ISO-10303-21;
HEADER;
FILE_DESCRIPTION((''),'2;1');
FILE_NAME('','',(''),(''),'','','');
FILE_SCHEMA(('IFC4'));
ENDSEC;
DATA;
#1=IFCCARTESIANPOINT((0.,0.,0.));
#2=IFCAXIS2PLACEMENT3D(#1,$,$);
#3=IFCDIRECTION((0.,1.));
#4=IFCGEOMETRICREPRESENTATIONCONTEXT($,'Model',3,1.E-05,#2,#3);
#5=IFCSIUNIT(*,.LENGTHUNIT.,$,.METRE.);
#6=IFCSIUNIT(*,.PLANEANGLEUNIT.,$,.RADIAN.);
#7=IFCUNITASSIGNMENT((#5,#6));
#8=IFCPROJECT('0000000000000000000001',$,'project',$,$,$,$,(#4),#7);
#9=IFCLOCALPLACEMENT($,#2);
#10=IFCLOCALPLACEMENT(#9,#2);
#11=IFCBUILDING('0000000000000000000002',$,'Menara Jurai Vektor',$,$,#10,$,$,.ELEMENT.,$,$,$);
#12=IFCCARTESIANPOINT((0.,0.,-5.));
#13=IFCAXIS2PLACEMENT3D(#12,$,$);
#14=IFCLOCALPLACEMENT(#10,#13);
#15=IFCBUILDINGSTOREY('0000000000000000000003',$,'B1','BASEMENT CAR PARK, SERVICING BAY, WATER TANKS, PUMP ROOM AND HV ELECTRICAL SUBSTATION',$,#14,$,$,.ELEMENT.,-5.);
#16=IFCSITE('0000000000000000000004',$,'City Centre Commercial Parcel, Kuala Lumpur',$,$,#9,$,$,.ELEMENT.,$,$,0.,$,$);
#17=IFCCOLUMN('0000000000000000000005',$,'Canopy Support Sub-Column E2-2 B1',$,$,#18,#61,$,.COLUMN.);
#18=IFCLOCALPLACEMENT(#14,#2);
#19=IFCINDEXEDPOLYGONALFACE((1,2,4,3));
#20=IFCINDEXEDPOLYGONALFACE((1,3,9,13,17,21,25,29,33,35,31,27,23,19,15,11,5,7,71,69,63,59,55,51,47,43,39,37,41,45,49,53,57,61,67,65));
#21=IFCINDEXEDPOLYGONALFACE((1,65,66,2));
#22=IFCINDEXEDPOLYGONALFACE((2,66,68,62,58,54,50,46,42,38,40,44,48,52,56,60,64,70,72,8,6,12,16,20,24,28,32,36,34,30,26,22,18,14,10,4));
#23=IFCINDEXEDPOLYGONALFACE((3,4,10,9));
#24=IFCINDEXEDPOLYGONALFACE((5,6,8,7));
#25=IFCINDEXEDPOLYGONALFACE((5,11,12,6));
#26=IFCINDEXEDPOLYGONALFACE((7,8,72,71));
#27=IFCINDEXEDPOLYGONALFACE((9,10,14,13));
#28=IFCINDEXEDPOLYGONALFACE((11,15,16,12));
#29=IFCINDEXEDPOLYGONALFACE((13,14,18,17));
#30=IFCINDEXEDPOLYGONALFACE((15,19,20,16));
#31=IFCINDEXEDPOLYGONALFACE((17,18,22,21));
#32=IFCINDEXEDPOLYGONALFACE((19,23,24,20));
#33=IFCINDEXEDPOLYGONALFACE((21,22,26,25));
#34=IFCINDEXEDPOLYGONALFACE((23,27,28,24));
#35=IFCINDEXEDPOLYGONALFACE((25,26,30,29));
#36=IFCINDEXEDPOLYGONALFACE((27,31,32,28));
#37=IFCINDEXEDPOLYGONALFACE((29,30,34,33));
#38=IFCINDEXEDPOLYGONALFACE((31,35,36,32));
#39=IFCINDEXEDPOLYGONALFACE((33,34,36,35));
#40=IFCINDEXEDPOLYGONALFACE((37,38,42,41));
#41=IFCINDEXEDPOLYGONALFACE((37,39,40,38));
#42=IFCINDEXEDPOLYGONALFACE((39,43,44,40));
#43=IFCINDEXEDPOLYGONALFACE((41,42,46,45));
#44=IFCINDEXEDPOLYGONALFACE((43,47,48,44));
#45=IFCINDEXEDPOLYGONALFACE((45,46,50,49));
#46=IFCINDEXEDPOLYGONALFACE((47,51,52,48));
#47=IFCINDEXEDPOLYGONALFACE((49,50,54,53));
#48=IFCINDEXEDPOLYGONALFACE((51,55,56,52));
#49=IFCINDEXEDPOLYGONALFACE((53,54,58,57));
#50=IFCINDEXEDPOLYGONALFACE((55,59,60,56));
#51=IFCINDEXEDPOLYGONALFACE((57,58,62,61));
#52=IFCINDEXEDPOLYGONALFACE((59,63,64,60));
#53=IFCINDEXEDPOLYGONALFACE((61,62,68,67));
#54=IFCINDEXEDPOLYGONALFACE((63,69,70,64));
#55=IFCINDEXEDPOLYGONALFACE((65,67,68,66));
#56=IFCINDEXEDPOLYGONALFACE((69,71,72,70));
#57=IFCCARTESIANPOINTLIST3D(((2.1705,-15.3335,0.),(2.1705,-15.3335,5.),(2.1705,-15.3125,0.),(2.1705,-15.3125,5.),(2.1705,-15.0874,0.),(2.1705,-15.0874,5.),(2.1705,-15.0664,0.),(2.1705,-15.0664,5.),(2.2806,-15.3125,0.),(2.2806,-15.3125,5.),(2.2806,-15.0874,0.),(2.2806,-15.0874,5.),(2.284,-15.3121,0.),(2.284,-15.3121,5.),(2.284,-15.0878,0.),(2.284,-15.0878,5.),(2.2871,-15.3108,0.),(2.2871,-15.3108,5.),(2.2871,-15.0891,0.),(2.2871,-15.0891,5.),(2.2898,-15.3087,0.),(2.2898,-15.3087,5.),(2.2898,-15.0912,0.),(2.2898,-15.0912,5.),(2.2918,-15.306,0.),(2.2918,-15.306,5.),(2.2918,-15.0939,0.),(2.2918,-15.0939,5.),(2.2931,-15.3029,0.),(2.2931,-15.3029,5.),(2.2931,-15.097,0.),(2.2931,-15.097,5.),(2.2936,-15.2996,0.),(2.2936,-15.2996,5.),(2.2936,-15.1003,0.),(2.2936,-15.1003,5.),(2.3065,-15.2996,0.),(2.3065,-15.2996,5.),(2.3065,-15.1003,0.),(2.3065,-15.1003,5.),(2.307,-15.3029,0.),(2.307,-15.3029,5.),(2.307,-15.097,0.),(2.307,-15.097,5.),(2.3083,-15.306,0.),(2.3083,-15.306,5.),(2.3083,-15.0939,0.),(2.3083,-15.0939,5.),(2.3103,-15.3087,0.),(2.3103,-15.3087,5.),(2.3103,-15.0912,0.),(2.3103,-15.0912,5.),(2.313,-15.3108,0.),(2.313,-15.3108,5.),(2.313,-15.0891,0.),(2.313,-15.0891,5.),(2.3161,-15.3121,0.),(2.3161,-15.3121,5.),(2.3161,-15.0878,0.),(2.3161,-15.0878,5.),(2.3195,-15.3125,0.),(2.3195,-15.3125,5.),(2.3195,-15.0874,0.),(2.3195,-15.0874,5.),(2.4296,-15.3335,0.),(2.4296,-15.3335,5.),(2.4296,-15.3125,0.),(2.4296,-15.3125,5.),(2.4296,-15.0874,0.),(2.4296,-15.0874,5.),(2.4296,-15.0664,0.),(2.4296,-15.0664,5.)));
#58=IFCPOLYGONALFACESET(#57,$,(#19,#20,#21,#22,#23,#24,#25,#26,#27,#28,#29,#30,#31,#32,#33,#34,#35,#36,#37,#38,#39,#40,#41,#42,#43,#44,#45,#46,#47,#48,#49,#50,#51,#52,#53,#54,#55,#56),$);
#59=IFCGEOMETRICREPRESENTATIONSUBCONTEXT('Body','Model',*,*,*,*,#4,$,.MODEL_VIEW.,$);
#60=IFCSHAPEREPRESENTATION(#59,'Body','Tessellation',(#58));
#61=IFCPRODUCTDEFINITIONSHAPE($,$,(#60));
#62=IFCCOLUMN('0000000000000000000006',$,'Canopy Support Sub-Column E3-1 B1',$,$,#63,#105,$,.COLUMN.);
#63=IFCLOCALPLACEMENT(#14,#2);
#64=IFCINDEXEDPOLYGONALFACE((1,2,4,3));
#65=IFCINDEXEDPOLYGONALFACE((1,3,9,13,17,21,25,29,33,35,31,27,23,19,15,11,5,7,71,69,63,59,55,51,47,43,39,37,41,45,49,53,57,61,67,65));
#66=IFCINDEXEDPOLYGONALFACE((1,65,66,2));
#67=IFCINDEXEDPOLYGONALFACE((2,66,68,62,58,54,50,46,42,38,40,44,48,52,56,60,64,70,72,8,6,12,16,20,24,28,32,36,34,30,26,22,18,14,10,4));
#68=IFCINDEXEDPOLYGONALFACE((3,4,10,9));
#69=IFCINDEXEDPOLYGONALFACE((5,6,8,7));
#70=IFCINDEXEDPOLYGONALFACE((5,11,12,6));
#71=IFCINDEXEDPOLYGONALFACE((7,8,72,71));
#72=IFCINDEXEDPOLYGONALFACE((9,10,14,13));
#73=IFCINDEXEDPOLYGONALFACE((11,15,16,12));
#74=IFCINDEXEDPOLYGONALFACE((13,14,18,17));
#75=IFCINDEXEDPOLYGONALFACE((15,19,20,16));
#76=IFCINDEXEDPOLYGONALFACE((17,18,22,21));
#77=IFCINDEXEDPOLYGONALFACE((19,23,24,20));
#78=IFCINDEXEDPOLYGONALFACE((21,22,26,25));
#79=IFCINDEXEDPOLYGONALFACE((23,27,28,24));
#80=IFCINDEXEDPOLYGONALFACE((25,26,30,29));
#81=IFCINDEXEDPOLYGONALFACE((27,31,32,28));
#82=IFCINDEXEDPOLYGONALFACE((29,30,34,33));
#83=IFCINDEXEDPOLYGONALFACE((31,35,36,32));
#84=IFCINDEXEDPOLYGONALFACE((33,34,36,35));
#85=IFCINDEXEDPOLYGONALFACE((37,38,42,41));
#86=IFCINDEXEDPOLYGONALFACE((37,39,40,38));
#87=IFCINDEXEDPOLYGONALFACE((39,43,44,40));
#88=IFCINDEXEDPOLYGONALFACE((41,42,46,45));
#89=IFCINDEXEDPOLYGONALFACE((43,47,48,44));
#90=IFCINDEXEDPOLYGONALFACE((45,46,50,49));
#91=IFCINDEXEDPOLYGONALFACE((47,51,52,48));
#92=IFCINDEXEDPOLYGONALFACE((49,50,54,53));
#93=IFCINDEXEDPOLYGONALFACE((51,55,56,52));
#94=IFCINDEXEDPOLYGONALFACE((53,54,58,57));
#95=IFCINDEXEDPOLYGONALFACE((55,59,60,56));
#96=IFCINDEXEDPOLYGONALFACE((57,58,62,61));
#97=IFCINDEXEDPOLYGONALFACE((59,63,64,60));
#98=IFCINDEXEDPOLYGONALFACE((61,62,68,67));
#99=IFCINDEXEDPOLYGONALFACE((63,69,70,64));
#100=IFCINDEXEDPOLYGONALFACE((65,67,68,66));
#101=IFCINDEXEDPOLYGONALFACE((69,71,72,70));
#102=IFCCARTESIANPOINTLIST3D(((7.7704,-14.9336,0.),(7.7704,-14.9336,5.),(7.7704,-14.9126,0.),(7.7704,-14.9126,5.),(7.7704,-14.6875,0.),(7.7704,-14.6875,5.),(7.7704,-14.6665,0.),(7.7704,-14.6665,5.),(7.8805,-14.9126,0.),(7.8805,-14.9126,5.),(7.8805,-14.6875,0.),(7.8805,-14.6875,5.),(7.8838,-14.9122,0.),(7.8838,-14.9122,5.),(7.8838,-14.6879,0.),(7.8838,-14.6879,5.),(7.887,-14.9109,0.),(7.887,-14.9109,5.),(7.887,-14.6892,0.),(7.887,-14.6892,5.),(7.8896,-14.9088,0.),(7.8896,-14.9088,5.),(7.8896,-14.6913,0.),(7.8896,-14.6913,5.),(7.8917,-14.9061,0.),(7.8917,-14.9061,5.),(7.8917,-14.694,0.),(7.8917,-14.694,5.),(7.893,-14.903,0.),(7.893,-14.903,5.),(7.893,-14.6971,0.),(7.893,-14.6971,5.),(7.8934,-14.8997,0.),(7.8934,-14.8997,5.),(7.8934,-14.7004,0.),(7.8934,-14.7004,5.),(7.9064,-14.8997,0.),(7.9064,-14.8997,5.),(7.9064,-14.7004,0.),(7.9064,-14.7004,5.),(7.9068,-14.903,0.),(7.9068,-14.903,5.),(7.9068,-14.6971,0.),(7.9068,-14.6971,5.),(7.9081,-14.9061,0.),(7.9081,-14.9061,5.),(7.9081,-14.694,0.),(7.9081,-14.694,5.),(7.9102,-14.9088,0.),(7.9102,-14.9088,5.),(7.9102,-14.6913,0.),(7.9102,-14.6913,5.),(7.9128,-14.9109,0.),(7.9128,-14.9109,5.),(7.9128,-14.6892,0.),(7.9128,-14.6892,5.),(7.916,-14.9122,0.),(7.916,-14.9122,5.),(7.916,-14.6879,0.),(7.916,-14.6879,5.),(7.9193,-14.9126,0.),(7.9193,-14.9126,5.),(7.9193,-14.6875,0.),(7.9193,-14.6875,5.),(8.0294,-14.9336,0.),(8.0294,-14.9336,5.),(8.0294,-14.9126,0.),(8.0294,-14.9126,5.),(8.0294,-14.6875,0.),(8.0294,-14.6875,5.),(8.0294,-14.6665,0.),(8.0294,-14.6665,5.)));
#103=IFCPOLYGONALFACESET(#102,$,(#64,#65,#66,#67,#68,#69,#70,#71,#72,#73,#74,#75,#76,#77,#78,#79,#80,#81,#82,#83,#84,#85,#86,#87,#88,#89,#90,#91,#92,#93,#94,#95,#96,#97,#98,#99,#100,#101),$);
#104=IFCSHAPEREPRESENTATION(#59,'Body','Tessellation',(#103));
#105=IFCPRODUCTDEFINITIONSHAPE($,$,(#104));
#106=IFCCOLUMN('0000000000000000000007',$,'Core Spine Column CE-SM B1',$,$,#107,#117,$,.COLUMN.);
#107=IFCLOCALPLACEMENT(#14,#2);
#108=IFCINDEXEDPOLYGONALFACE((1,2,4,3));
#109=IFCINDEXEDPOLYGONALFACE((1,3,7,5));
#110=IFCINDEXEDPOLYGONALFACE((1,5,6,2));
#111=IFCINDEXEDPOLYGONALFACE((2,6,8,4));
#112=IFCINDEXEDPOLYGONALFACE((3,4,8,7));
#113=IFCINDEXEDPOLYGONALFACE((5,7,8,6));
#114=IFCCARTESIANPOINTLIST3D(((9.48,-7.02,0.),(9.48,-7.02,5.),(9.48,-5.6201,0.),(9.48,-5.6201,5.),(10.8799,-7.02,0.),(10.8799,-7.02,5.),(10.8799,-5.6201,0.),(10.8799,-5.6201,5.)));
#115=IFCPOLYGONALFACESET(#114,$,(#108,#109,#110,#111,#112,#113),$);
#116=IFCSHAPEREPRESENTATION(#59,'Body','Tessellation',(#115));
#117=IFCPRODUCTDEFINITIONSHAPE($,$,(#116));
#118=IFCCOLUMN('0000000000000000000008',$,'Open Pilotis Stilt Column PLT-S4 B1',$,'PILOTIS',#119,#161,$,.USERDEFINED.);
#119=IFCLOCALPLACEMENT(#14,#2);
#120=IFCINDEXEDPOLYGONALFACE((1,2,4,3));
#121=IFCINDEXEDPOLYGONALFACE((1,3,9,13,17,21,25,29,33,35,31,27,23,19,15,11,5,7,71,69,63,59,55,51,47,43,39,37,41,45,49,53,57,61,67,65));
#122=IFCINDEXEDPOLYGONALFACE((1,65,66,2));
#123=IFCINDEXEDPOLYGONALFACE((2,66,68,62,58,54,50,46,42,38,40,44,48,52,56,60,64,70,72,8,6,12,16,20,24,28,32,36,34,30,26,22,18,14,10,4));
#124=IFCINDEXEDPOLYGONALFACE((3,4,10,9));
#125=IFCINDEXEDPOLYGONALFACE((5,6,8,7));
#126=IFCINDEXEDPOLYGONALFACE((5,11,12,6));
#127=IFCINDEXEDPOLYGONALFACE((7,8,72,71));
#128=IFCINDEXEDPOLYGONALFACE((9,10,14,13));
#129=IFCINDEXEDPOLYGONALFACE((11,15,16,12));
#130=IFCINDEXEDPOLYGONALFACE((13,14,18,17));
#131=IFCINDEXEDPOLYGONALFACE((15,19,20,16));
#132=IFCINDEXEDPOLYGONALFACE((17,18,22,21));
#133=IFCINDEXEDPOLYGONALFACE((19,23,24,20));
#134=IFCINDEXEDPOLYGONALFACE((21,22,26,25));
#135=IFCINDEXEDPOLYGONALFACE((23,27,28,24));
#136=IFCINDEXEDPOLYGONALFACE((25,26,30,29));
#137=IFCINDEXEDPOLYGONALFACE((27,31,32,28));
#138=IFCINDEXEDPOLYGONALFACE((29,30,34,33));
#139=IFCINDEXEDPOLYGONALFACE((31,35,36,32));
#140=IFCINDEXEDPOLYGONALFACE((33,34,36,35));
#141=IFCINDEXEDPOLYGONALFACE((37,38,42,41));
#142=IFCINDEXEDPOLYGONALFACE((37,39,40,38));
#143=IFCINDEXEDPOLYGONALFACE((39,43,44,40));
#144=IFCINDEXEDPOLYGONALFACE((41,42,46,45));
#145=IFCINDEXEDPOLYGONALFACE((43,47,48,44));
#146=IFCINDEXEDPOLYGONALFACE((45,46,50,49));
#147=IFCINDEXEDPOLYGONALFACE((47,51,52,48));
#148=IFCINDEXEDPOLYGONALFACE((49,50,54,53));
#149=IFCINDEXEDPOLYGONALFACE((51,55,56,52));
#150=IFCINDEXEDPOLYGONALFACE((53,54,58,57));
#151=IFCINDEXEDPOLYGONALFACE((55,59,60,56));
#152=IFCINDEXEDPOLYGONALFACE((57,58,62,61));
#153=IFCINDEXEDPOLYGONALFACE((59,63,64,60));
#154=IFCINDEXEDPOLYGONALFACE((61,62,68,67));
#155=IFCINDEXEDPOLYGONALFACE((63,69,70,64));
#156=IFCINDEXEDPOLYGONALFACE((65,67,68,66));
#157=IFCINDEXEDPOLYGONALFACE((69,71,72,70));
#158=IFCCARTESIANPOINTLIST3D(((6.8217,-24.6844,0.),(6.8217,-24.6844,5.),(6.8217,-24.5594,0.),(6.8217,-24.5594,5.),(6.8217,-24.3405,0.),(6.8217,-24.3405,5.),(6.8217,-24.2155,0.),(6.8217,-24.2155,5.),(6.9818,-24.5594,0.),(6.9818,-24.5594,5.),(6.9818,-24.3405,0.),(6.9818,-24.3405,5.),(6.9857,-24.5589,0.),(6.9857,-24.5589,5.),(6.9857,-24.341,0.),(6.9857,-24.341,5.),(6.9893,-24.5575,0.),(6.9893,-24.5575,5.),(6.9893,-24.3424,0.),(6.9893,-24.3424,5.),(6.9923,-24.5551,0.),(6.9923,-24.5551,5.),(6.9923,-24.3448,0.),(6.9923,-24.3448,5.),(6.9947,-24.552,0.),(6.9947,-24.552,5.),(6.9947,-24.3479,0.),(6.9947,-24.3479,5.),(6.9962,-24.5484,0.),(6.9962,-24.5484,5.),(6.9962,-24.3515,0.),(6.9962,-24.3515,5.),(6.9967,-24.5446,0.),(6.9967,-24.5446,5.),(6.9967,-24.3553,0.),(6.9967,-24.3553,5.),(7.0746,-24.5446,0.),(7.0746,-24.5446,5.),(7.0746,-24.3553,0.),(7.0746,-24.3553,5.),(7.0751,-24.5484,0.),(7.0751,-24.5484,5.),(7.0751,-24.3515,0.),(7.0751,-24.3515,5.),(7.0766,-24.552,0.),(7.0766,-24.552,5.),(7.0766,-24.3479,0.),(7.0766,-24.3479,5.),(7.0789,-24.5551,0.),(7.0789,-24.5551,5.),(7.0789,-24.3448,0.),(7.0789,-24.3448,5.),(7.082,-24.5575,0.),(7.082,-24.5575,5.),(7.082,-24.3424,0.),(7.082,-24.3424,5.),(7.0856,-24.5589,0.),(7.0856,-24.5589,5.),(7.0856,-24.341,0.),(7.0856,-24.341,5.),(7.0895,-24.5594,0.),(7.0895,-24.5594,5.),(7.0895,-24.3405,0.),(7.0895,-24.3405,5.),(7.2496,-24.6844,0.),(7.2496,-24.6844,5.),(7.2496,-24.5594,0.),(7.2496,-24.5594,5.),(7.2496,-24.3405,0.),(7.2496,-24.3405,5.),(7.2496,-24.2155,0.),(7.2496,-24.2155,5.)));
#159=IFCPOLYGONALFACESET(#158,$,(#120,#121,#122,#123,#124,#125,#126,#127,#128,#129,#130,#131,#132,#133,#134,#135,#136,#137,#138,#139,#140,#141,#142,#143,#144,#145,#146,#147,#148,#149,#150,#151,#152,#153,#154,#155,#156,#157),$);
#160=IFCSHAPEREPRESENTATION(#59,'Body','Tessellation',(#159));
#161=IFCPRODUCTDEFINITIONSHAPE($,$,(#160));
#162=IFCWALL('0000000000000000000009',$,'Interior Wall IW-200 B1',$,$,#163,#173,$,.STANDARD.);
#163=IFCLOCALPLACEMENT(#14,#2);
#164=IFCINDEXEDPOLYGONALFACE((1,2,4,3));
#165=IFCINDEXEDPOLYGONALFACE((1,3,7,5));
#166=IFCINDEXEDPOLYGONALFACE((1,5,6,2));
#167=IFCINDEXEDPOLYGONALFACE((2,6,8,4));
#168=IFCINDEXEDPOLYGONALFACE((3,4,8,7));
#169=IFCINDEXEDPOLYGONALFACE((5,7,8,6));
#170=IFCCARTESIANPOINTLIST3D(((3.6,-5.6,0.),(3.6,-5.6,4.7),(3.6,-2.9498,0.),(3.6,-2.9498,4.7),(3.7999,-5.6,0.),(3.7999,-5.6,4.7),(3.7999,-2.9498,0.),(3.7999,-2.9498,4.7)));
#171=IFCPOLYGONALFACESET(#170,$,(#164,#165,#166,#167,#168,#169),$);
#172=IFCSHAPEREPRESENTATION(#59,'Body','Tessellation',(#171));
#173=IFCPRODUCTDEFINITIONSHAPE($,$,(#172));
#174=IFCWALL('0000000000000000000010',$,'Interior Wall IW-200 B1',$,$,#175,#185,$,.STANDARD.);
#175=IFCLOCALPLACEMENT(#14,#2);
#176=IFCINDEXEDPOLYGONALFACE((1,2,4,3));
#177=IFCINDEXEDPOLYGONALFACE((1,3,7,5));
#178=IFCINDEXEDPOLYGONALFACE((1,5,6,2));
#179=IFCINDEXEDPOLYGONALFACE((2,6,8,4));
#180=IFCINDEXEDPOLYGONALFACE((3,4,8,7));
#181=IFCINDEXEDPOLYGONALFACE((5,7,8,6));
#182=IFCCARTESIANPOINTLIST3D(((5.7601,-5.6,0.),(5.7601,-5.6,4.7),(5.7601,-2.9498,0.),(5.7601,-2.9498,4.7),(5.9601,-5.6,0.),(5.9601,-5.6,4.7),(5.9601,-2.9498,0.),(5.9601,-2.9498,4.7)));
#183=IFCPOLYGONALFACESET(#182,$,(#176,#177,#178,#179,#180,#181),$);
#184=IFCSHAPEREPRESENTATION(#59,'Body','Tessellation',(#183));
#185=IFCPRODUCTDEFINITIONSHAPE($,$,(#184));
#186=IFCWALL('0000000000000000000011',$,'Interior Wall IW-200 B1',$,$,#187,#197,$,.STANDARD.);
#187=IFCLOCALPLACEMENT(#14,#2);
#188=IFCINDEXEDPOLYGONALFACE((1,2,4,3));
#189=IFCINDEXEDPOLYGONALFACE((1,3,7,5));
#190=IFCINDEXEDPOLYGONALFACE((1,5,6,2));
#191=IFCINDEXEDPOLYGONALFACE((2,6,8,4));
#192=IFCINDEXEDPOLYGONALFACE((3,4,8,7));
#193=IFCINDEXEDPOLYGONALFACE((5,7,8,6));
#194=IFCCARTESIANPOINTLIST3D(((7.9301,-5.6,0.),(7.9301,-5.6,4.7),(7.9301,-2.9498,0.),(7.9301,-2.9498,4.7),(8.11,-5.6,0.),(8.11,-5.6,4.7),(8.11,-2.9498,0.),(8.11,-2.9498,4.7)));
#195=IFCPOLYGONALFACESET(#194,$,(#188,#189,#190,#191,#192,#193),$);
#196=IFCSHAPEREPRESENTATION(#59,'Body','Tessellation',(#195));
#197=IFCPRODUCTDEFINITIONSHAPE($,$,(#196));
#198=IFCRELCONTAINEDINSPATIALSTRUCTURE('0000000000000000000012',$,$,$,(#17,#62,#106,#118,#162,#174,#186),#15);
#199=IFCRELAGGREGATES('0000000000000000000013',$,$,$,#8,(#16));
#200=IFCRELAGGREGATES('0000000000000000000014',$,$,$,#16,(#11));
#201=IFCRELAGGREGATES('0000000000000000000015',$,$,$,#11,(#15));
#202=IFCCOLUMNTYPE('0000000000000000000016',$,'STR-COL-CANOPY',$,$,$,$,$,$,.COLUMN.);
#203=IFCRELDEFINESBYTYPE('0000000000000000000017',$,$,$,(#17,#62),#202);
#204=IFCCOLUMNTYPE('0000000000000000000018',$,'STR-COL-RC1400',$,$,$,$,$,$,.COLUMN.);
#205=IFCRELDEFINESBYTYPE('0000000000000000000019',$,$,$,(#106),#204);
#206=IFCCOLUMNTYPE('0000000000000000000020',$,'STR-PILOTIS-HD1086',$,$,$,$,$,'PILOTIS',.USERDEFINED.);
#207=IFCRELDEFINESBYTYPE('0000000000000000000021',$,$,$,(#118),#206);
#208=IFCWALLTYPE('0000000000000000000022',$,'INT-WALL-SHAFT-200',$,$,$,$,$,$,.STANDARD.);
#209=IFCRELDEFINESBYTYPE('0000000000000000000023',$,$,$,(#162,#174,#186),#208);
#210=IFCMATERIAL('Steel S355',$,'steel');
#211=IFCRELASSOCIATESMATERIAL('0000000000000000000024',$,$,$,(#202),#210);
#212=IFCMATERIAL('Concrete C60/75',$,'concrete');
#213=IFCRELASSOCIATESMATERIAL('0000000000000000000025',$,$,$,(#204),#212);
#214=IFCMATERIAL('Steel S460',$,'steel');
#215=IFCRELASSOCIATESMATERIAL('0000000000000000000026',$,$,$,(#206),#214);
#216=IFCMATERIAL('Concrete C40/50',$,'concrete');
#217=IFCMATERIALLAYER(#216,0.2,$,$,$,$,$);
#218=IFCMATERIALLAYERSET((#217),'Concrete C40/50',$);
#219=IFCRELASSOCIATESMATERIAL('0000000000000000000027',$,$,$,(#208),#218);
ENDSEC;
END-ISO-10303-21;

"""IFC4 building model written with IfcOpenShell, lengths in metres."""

from ifc_helpers import new_model, si_unit, direction, frame, frame_2d, origin, origin_2d, place, context, subcontext, project, spatial, rectangle, i_section, extrude, material, layer, layer_set, material_profile, profile_set, type_object, element, save


model = new_model("IFC4")

# Units and contexts
model_context = context("Model", 3, precision=1e-05, world=origin(), true_north=direction((0.0, 1.0)))
body_context = subcontext(model_context, "Body", "Model", "MODEL_VIEW")
ifc_project = project(units=[si_unit("LENGTHUNIT", "METRE"), si_unit("PLANEANGLEUNIT", "RADIAN")], contexts=[model_context])

# Site, building, storey
site_placement = place(None, origin())
site = spatial("IfcSite", under=ifc_project, at=site_placement, Name="City Centre Commercial Parcel, Kuala Lumpur", CompositionType="ELEMENT", RefElevation=0.0)
building_placement = place(site_placement, origin())
building = spatial("IfcBuilding", under=site, at=building_placement, Name="Menara Jurai Vektor", CompositionType="ELEMENT")
storey_placement = place(building_placement, frame((0.0, 0.0, -5.0)))
storey = spatial("IfcBuildingStorey", under=building, at=storey_placement, Name="B1", Description="BASEMENT CAR PARK, SERVICING BAY, WATER TANKS, PUMP ROOM AND HV ELECTRICAL SUBSTATION", CompositionType="ELEMENT", Elevation=-5.0)

# Columns
ifc_material_1 = material(Name="Steel S355", Category="steel")
ifc_material_profile_1 = material_profile(ifc_material_1, i_section(OverallWidth=0.259, OverallDepth=0.2671, WebThickness=0.0129, FlangeThickness=0.021, FilletRadius=0.0129, at=origin_2d()), Name="UKC 254x254x107")
ifc_profile_set_1 = profile_set([ifc_material_profile_1], Name="Steel S355")
column_type_1 = type_object("IfcColumnType", Name="STR-COL-CANOPY", PredefinedType="COLUMN", material=ifc_profile_set_1)
for number, where, z_axis, x_axis, name in (
    (1, (2.3, -15.2, 0.0), (0.0, 0.0, 1.0), (1.0, 0.0, 0.0), "Canopy Support Sub-Column E2-2 B1"),
    (2, (7.8999, -14.8, 0.0), (0.0, 0.0, 1.0), (1.0, 0.0, 0.0), "Canopy Support Sub-Column E3-1 B1"),
):
    element("IfcColumn", number, at=place(storey_placement, frame(where, z_axis=z_axis, x_axis=x_axis)), inside=storey, type_object=column_type_1, Name=name, PredefinedType="COLUMN", context=body_context, shape_type="SweptSolid", body=[
        extrude(i_section(OverallWidth=0.259, OverallDepth=0.2671, WebThickness=0.0129, FlangeThickness=0.021, FilletRadius=0.0129, at=origin_2d()), origin(), (0.0, 0.0, 1.0), 5.0),
    ])
ifc_material_2 = material(Name="Concrete C60/75", Category="concrete")
ifc_material_profile_2 = material_profile(ifc_material_2, rectangle(XDim=1.3999, YDim=1.3999, at=origin_2d()), Name="RC 1400x1400")
ifc_profile_set_2 = profile_set([ifc_material_profile_2], Name="Concrete C60/75")
column_type_2 = type_object("IfcColumnType", Name="STR-COL-RC1400", PredefinedType="COLUMN", material=ifc_profile_set_2)
column_1_placement = place(storey_placement, frame((10.1799, -6.3201, 0.0), z_axis=(0.0, 0.0, 1.0), x_axis=(1.0, 0.0, 0.0)))
element("IfcColumn", 3, at=column_1_placement, inside=storey, type_object=column_type_2, Name="Core Spine Column CE-SM B1", PredefinedType="COLUMN", context=body_context, shape_type="SweptSolid", body=[
    extrude(rectangle(XDim=1.3999, YDim=1.3999, at=origin_2d()), origin(), (0.0, 0.0, 1.0), 5.0),
])
ifc_material_3 = material(Name="Steel S460", Category="steel")
ifc_material_profile_3 = material_profile(ifc_material_3, i_section(OverallWidth=0.428, OverallDepth=0.469, WebThickness=0.0779, FlangeThickness=0.125, FilletRadius=0.0149, at=origin_2d()), Name="HD 400x1086")
ifc_profile_set_3 = profile_set([ifc_material_profile_3], Name="Steel S460")
column_type_3 = type_object("IfcColumnType", Name="STR-PILOTIS-HD1086", ElementType="PILOTIS", PredefinedType="USERDEFINED", material=ifc_profile_set_3)
column_2_placement = place(storey_placement, frame((7.0356, -24.45, 0.0), z_axis=(0.0, 0.0, 1.0), x_axis=(1.0, 0.0, 0.0)))
element("IfcColumn", 4, at=column_2_placement, inside=storey, type_object=column_type_3, Name="Open Pilotis Stilt Column PLT-S4 B1", ObjectType="PILOTIS", PredefinedType="USERDEFINED", context=body_context, shape_type="SweptSolid", body=[
    extrude(i_section(OverallWidth=0.428, OverallDepth=0.469, WebThickness=0.0779, FlangeThickness=0.125, FilletRadius=0.0149, at=origin_2d()), origin(), (0.0, 0.0, 1.0), 5.0),
])

# Walls
ifc_material_4 = material(Name="Concrete C40/50", Category="concrete")
ifc_layer_1 = layer(ifc_material_4, 0.2)
ifc_layer_set_1 = layer_set([ifc_layer_1], Name="Concrete C40/50")
wall_type_1 = type_object("IfcWallType", Name="INT-WALL-SHAFT-200", PredefinedType="STANDARD", material=ifc_layer_set_1)
for number, where, z_axis, x_axis, name in (
    (5, (3.7, -5.6001, 0.0), (0.0, 0.0, 1.0), (0.0, 1.0, 0.0), "Interior Wall IW-200 B1"),
    (6, (5.8601, -5.6001, 0.0), (0.0, 0.0, 1.0), (0.0, 1.0, 0.0), "Interior Wall IW-200 B1"),
):
    element("IfcWall", number, at=place(storey_placement, frame(where, z_axis=z_axis, x_axis=x_axis)), inside=storey, type_object=wall_type_1, Name=name, PredefinedType="STANDARD", context=body_context, shape_type="SweptSolid", body=[
        extrude(rectangle(XDim=2.6501, YDim=0.2, at=frame_2d((1.3252, 0.0))), origin(), (0.0, 0.0, 1.0), 4.7),
    ])
wall_1_placement = place(storey_placement, frame((8.02, -5.6001, 0.0), z_axis=(0.0, 0.0, 1.0), x_axis=(0.0, 1.0, 0.0)))
element("IfcWall", 7, at=wall_1_placement, inside=storey, type_object=wall_type_1, Name="Interior Wall IW-200 B1", PredefinedType="STANDARD", context=body_context, shape_type="SweptSolid", body=[
    extrude(rectangle(XDim=2.6501, YDim=0.1799, at=frame_2d((1.3252, 0.0))), origin(), (0.0, 0.0, 1.0), 4.7),
])

save(model, "model.ifc")
